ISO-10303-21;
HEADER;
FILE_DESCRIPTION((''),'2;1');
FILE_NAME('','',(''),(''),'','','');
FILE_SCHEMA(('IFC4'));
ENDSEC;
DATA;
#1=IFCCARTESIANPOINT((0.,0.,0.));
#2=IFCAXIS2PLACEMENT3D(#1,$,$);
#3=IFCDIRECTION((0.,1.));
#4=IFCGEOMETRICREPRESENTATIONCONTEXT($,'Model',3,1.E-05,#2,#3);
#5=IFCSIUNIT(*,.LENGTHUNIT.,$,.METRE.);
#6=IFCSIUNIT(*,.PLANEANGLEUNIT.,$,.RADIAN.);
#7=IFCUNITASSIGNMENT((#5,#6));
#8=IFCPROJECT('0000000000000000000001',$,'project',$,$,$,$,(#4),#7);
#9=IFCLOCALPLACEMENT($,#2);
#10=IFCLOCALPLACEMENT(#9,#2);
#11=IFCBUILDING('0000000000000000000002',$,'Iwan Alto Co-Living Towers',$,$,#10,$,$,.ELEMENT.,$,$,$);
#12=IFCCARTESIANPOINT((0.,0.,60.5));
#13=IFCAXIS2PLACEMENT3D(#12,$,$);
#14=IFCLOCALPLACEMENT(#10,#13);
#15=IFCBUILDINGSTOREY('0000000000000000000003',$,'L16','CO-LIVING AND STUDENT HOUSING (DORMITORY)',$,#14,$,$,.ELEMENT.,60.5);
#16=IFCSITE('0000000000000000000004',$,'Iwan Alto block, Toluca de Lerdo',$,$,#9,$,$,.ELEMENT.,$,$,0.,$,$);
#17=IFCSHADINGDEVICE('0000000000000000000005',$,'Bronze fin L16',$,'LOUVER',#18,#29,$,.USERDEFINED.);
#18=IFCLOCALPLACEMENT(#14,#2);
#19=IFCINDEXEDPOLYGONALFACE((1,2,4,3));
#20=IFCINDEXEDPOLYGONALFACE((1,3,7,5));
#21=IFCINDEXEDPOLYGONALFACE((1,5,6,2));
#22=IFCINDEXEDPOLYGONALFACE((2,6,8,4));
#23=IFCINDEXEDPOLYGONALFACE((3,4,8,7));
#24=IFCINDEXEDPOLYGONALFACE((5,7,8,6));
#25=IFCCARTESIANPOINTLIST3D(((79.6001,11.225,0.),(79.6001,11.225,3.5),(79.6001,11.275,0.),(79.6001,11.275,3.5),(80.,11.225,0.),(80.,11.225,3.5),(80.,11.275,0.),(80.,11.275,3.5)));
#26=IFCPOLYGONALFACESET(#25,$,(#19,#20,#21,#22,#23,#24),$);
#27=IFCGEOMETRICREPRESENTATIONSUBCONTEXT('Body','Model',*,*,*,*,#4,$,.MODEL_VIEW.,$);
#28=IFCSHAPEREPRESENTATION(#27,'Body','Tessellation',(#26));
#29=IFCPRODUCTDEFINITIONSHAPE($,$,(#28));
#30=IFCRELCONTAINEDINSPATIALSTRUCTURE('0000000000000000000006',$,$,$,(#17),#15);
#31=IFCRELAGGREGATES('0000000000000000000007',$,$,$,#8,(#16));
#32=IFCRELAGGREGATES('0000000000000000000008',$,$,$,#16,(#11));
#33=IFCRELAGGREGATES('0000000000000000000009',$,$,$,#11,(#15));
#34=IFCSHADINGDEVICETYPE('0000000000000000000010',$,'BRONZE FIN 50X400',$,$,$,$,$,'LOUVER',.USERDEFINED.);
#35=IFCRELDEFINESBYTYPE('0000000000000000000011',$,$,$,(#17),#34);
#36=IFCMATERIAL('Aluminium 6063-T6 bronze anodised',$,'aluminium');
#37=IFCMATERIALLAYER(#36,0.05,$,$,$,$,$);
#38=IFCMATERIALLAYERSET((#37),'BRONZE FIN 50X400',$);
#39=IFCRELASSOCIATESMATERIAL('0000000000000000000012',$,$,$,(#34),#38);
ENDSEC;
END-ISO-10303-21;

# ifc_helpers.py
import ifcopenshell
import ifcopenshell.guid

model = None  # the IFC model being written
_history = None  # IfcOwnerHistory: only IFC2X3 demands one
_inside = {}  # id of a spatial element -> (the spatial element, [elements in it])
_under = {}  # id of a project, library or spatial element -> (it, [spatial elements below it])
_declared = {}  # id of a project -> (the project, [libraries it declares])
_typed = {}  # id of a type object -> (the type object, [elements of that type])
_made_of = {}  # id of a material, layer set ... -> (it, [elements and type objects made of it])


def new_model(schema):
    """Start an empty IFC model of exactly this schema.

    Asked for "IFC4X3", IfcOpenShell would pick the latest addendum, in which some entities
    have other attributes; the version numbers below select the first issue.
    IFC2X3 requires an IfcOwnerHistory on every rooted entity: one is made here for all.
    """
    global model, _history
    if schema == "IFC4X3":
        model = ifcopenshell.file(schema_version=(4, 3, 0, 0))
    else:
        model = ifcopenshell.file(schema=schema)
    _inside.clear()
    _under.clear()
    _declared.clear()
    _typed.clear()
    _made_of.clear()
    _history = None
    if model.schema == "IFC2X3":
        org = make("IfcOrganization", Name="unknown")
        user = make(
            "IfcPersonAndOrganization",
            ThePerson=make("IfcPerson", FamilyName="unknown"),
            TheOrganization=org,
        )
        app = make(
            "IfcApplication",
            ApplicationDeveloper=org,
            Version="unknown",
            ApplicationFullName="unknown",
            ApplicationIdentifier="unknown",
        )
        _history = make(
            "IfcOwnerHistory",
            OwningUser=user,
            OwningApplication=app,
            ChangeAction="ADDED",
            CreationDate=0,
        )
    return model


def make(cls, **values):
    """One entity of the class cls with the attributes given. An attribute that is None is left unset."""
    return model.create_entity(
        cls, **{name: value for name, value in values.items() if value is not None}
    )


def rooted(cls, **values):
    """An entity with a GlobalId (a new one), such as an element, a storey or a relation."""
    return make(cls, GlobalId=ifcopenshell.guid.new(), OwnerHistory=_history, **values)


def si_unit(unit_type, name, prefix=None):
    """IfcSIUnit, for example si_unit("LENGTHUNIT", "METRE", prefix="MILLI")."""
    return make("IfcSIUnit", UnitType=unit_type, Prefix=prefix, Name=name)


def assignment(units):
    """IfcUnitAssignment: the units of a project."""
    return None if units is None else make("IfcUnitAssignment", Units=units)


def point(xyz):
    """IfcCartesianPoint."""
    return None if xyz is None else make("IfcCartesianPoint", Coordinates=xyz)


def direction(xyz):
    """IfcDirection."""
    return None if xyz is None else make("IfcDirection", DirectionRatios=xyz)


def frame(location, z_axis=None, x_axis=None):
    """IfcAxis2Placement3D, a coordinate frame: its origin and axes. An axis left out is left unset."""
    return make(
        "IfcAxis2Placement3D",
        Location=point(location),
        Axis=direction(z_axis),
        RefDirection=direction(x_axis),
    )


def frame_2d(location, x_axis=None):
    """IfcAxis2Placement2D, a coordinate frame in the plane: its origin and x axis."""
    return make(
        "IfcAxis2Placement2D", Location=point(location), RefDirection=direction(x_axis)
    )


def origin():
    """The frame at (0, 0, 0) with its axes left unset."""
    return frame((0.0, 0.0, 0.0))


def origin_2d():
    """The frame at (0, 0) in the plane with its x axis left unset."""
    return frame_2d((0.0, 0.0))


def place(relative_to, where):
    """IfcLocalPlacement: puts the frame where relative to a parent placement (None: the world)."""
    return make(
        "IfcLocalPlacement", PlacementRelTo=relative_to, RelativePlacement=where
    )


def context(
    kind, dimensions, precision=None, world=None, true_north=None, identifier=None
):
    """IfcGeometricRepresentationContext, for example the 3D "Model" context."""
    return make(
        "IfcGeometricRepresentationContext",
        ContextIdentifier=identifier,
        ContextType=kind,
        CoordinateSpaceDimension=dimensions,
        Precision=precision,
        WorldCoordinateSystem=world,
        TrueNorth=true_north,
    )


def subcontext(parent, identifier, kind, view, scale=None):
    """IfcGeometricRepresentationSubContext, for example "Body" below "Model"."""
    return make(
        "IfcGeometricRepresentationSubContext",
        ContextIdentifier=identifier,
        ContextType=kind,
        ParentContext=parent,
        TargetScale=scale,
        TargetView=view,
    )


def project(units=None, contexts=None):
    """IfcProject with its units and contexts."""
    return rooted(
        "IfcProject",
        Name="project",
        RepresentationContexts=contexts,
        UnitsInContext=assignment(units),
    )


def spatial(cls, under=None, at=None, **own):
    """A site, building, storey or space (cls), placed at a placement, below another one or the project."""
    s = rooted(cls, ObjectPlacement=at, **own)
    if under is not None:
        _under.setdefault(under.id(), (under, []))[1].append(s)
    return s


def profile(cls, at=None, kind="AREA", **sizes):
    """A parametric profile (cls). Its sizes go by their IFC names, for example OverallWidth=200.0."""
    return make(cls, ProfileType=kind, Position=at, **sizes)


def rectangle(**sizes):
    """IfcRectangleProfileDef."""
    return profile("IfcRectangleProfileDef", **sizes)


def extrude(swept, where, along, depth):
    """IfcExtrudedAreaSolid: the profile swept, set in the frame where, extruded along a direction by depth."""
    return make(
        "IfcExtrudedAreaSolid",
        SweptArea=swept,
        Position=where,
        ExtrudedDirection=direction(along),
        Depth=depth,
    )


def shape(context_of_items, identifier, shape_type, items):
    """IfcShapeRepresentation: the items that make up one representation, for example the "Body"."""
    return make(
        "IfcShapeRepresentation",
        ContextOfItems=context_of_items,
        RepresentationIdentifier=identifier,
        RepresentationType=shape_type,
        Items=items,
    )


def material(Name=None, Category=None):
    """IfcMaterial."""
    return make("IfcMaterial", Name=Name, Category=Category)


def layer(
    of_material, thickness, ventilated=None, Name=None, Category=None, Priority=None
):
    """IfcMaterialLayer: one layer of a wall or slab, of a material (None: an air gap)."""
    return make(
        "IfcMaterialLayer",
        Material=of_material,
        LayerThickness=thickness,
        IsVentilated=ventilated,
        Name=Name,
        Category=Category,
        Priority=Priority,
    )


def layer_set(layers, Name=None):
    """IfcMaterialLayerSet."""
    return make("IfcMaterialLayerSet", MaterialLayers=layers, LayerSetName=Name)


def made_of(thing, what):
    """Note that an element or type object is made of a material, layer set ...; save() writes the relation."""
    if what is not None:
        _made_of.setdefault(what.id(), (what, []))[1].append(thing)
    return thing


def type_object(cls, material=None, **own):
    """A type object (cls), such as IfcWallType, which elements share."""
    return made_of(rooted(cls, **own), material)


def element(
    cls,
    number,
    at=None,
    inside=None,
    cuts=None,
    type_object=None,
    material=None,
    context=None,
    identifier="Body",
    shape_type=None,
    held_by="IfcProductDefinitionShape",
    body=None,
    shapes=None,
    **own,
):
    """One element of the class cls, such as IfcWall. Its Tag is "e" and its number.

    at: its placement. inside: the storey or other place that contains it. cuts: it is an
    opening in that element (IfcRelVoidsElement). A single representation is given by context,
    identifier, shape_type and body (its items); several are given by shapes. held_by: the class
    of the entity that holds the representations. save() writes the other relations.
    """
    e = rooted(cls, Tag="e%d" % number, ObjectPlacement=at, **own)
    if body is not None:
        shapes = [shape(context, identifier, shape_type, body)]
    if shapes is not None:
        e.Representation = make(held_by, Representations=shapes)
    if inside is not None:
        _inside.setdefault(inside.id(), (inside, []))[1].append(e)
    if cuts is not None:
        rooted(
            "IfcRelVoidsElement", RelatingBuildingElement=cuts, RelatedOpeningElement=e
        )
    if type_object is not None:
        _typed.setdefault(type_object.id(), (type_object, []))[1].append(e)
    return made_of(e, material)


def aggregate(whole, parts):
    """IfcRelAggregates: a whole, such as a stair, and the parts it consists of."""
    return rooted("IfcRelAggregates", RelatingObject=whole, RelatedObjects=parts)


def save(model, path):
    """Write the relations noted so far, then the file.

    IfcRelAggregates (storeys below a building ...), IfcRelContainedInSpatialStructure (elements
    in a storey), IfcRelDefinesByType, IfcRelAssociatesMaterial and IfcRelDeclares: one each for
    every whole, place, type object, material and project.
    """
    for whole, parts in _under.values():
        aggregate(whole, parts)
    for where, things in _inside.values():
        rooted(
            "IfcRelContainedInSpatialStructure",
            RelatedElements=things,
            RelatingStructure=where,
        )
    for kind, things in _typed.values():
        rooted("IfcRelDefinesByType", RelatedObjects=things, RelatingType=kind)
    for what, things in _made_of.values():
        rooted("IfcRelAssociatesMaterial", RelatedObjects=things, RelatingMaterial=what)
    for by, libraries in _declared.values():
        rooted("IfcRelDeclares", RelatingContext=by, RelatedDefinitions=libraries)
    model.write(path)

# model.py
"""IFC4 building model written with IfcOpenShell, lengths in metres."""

from ifc_helpers import new_model, si_unit, direction, frame, origin, origin_2d, place, context, subcontext, project, spatial, rectangle, extrude, material, layer, layer_set, type_object, element, save


model = new_model("IFC4")

# Units and contexts
model_context = context("Model", 3, precision=1e-05, world=origin(), true_north=direction((0.0, 1.0)))
body_context = subcontext(model_context, "Body", "Model", "MODEL_VIEW")
ifc_project = project(units=[si_unit("LENGTHUNIT", "METRE"), si_unit("PLANEANGLEUNIT", "RADIAN")], contexts=[model_context])

# Site, building, storey
site_placement = place(None, origin())
site = spatial("IfcSite", under=ifc_project, at=site_placement, Name="Iwan Alto block, Toluca de Lerdo", CompositionType="ELEMENT", RefElevation=0.0)
building_placement = place(site_placement, origin())
building = spatial("IfcBuilding", under=site, at=building_placement, Name="Iwan Alto Co-Living Towers", CompositionType="ELEMENT")
storey_placement = place(building_placement, frame((0.0, 0.0, 60.5)))
storey = spatial("IfcBuildingStorey", under=building, at=storey_placement, Name="L16", Description="CO-LIVING AND STUDENT HOUSING (DORMITORY)", CompositionType="ELEMENT", Elevation=60.5)

# Shading device
ifc_material_1 = material(Name="Aluminium 6063-T6 bronze anodised", Category="aluminium")
ifc_layer_1 = layer(ifc_material_1, 0.05)
ifc_layer_set_1 = layer_set([ifc_layer_1], Name="BRONZE FIN 50X400")
shading_device_type = type_object("IfcShadingDeviceType", Name="BRONZE FIN 50X400", ElementType="LOUVER", PredefinedType="USERDEFINED", material=ifc_layer_set_1)
for number, where, z_axis, x_axis, name in (
    (1, (79.8, 11.25, 0.0), (0.0, 0.0, 1.0), (0.0, 1.0, 0.0), "Bronze fin L16"),
):
    element("IfcShadingDevice", number, at=place(storey_placement, frame(where, z_axis=z_axis, x_axis=x_axis)), inside=storey, type_object=shading_device_type, Name=name, ObjectType="LOUVER", PredefinedType="USERDEFINED", context=body_context, shape_type="SweptSolid", body=[
        extrude(rectangle(XDim=0.05, YDim=0.3999, at=origin_2d()), origin(), (0.0, 0.0, 1.0), 3.5),
    ])

save(model, "model.ifc")
